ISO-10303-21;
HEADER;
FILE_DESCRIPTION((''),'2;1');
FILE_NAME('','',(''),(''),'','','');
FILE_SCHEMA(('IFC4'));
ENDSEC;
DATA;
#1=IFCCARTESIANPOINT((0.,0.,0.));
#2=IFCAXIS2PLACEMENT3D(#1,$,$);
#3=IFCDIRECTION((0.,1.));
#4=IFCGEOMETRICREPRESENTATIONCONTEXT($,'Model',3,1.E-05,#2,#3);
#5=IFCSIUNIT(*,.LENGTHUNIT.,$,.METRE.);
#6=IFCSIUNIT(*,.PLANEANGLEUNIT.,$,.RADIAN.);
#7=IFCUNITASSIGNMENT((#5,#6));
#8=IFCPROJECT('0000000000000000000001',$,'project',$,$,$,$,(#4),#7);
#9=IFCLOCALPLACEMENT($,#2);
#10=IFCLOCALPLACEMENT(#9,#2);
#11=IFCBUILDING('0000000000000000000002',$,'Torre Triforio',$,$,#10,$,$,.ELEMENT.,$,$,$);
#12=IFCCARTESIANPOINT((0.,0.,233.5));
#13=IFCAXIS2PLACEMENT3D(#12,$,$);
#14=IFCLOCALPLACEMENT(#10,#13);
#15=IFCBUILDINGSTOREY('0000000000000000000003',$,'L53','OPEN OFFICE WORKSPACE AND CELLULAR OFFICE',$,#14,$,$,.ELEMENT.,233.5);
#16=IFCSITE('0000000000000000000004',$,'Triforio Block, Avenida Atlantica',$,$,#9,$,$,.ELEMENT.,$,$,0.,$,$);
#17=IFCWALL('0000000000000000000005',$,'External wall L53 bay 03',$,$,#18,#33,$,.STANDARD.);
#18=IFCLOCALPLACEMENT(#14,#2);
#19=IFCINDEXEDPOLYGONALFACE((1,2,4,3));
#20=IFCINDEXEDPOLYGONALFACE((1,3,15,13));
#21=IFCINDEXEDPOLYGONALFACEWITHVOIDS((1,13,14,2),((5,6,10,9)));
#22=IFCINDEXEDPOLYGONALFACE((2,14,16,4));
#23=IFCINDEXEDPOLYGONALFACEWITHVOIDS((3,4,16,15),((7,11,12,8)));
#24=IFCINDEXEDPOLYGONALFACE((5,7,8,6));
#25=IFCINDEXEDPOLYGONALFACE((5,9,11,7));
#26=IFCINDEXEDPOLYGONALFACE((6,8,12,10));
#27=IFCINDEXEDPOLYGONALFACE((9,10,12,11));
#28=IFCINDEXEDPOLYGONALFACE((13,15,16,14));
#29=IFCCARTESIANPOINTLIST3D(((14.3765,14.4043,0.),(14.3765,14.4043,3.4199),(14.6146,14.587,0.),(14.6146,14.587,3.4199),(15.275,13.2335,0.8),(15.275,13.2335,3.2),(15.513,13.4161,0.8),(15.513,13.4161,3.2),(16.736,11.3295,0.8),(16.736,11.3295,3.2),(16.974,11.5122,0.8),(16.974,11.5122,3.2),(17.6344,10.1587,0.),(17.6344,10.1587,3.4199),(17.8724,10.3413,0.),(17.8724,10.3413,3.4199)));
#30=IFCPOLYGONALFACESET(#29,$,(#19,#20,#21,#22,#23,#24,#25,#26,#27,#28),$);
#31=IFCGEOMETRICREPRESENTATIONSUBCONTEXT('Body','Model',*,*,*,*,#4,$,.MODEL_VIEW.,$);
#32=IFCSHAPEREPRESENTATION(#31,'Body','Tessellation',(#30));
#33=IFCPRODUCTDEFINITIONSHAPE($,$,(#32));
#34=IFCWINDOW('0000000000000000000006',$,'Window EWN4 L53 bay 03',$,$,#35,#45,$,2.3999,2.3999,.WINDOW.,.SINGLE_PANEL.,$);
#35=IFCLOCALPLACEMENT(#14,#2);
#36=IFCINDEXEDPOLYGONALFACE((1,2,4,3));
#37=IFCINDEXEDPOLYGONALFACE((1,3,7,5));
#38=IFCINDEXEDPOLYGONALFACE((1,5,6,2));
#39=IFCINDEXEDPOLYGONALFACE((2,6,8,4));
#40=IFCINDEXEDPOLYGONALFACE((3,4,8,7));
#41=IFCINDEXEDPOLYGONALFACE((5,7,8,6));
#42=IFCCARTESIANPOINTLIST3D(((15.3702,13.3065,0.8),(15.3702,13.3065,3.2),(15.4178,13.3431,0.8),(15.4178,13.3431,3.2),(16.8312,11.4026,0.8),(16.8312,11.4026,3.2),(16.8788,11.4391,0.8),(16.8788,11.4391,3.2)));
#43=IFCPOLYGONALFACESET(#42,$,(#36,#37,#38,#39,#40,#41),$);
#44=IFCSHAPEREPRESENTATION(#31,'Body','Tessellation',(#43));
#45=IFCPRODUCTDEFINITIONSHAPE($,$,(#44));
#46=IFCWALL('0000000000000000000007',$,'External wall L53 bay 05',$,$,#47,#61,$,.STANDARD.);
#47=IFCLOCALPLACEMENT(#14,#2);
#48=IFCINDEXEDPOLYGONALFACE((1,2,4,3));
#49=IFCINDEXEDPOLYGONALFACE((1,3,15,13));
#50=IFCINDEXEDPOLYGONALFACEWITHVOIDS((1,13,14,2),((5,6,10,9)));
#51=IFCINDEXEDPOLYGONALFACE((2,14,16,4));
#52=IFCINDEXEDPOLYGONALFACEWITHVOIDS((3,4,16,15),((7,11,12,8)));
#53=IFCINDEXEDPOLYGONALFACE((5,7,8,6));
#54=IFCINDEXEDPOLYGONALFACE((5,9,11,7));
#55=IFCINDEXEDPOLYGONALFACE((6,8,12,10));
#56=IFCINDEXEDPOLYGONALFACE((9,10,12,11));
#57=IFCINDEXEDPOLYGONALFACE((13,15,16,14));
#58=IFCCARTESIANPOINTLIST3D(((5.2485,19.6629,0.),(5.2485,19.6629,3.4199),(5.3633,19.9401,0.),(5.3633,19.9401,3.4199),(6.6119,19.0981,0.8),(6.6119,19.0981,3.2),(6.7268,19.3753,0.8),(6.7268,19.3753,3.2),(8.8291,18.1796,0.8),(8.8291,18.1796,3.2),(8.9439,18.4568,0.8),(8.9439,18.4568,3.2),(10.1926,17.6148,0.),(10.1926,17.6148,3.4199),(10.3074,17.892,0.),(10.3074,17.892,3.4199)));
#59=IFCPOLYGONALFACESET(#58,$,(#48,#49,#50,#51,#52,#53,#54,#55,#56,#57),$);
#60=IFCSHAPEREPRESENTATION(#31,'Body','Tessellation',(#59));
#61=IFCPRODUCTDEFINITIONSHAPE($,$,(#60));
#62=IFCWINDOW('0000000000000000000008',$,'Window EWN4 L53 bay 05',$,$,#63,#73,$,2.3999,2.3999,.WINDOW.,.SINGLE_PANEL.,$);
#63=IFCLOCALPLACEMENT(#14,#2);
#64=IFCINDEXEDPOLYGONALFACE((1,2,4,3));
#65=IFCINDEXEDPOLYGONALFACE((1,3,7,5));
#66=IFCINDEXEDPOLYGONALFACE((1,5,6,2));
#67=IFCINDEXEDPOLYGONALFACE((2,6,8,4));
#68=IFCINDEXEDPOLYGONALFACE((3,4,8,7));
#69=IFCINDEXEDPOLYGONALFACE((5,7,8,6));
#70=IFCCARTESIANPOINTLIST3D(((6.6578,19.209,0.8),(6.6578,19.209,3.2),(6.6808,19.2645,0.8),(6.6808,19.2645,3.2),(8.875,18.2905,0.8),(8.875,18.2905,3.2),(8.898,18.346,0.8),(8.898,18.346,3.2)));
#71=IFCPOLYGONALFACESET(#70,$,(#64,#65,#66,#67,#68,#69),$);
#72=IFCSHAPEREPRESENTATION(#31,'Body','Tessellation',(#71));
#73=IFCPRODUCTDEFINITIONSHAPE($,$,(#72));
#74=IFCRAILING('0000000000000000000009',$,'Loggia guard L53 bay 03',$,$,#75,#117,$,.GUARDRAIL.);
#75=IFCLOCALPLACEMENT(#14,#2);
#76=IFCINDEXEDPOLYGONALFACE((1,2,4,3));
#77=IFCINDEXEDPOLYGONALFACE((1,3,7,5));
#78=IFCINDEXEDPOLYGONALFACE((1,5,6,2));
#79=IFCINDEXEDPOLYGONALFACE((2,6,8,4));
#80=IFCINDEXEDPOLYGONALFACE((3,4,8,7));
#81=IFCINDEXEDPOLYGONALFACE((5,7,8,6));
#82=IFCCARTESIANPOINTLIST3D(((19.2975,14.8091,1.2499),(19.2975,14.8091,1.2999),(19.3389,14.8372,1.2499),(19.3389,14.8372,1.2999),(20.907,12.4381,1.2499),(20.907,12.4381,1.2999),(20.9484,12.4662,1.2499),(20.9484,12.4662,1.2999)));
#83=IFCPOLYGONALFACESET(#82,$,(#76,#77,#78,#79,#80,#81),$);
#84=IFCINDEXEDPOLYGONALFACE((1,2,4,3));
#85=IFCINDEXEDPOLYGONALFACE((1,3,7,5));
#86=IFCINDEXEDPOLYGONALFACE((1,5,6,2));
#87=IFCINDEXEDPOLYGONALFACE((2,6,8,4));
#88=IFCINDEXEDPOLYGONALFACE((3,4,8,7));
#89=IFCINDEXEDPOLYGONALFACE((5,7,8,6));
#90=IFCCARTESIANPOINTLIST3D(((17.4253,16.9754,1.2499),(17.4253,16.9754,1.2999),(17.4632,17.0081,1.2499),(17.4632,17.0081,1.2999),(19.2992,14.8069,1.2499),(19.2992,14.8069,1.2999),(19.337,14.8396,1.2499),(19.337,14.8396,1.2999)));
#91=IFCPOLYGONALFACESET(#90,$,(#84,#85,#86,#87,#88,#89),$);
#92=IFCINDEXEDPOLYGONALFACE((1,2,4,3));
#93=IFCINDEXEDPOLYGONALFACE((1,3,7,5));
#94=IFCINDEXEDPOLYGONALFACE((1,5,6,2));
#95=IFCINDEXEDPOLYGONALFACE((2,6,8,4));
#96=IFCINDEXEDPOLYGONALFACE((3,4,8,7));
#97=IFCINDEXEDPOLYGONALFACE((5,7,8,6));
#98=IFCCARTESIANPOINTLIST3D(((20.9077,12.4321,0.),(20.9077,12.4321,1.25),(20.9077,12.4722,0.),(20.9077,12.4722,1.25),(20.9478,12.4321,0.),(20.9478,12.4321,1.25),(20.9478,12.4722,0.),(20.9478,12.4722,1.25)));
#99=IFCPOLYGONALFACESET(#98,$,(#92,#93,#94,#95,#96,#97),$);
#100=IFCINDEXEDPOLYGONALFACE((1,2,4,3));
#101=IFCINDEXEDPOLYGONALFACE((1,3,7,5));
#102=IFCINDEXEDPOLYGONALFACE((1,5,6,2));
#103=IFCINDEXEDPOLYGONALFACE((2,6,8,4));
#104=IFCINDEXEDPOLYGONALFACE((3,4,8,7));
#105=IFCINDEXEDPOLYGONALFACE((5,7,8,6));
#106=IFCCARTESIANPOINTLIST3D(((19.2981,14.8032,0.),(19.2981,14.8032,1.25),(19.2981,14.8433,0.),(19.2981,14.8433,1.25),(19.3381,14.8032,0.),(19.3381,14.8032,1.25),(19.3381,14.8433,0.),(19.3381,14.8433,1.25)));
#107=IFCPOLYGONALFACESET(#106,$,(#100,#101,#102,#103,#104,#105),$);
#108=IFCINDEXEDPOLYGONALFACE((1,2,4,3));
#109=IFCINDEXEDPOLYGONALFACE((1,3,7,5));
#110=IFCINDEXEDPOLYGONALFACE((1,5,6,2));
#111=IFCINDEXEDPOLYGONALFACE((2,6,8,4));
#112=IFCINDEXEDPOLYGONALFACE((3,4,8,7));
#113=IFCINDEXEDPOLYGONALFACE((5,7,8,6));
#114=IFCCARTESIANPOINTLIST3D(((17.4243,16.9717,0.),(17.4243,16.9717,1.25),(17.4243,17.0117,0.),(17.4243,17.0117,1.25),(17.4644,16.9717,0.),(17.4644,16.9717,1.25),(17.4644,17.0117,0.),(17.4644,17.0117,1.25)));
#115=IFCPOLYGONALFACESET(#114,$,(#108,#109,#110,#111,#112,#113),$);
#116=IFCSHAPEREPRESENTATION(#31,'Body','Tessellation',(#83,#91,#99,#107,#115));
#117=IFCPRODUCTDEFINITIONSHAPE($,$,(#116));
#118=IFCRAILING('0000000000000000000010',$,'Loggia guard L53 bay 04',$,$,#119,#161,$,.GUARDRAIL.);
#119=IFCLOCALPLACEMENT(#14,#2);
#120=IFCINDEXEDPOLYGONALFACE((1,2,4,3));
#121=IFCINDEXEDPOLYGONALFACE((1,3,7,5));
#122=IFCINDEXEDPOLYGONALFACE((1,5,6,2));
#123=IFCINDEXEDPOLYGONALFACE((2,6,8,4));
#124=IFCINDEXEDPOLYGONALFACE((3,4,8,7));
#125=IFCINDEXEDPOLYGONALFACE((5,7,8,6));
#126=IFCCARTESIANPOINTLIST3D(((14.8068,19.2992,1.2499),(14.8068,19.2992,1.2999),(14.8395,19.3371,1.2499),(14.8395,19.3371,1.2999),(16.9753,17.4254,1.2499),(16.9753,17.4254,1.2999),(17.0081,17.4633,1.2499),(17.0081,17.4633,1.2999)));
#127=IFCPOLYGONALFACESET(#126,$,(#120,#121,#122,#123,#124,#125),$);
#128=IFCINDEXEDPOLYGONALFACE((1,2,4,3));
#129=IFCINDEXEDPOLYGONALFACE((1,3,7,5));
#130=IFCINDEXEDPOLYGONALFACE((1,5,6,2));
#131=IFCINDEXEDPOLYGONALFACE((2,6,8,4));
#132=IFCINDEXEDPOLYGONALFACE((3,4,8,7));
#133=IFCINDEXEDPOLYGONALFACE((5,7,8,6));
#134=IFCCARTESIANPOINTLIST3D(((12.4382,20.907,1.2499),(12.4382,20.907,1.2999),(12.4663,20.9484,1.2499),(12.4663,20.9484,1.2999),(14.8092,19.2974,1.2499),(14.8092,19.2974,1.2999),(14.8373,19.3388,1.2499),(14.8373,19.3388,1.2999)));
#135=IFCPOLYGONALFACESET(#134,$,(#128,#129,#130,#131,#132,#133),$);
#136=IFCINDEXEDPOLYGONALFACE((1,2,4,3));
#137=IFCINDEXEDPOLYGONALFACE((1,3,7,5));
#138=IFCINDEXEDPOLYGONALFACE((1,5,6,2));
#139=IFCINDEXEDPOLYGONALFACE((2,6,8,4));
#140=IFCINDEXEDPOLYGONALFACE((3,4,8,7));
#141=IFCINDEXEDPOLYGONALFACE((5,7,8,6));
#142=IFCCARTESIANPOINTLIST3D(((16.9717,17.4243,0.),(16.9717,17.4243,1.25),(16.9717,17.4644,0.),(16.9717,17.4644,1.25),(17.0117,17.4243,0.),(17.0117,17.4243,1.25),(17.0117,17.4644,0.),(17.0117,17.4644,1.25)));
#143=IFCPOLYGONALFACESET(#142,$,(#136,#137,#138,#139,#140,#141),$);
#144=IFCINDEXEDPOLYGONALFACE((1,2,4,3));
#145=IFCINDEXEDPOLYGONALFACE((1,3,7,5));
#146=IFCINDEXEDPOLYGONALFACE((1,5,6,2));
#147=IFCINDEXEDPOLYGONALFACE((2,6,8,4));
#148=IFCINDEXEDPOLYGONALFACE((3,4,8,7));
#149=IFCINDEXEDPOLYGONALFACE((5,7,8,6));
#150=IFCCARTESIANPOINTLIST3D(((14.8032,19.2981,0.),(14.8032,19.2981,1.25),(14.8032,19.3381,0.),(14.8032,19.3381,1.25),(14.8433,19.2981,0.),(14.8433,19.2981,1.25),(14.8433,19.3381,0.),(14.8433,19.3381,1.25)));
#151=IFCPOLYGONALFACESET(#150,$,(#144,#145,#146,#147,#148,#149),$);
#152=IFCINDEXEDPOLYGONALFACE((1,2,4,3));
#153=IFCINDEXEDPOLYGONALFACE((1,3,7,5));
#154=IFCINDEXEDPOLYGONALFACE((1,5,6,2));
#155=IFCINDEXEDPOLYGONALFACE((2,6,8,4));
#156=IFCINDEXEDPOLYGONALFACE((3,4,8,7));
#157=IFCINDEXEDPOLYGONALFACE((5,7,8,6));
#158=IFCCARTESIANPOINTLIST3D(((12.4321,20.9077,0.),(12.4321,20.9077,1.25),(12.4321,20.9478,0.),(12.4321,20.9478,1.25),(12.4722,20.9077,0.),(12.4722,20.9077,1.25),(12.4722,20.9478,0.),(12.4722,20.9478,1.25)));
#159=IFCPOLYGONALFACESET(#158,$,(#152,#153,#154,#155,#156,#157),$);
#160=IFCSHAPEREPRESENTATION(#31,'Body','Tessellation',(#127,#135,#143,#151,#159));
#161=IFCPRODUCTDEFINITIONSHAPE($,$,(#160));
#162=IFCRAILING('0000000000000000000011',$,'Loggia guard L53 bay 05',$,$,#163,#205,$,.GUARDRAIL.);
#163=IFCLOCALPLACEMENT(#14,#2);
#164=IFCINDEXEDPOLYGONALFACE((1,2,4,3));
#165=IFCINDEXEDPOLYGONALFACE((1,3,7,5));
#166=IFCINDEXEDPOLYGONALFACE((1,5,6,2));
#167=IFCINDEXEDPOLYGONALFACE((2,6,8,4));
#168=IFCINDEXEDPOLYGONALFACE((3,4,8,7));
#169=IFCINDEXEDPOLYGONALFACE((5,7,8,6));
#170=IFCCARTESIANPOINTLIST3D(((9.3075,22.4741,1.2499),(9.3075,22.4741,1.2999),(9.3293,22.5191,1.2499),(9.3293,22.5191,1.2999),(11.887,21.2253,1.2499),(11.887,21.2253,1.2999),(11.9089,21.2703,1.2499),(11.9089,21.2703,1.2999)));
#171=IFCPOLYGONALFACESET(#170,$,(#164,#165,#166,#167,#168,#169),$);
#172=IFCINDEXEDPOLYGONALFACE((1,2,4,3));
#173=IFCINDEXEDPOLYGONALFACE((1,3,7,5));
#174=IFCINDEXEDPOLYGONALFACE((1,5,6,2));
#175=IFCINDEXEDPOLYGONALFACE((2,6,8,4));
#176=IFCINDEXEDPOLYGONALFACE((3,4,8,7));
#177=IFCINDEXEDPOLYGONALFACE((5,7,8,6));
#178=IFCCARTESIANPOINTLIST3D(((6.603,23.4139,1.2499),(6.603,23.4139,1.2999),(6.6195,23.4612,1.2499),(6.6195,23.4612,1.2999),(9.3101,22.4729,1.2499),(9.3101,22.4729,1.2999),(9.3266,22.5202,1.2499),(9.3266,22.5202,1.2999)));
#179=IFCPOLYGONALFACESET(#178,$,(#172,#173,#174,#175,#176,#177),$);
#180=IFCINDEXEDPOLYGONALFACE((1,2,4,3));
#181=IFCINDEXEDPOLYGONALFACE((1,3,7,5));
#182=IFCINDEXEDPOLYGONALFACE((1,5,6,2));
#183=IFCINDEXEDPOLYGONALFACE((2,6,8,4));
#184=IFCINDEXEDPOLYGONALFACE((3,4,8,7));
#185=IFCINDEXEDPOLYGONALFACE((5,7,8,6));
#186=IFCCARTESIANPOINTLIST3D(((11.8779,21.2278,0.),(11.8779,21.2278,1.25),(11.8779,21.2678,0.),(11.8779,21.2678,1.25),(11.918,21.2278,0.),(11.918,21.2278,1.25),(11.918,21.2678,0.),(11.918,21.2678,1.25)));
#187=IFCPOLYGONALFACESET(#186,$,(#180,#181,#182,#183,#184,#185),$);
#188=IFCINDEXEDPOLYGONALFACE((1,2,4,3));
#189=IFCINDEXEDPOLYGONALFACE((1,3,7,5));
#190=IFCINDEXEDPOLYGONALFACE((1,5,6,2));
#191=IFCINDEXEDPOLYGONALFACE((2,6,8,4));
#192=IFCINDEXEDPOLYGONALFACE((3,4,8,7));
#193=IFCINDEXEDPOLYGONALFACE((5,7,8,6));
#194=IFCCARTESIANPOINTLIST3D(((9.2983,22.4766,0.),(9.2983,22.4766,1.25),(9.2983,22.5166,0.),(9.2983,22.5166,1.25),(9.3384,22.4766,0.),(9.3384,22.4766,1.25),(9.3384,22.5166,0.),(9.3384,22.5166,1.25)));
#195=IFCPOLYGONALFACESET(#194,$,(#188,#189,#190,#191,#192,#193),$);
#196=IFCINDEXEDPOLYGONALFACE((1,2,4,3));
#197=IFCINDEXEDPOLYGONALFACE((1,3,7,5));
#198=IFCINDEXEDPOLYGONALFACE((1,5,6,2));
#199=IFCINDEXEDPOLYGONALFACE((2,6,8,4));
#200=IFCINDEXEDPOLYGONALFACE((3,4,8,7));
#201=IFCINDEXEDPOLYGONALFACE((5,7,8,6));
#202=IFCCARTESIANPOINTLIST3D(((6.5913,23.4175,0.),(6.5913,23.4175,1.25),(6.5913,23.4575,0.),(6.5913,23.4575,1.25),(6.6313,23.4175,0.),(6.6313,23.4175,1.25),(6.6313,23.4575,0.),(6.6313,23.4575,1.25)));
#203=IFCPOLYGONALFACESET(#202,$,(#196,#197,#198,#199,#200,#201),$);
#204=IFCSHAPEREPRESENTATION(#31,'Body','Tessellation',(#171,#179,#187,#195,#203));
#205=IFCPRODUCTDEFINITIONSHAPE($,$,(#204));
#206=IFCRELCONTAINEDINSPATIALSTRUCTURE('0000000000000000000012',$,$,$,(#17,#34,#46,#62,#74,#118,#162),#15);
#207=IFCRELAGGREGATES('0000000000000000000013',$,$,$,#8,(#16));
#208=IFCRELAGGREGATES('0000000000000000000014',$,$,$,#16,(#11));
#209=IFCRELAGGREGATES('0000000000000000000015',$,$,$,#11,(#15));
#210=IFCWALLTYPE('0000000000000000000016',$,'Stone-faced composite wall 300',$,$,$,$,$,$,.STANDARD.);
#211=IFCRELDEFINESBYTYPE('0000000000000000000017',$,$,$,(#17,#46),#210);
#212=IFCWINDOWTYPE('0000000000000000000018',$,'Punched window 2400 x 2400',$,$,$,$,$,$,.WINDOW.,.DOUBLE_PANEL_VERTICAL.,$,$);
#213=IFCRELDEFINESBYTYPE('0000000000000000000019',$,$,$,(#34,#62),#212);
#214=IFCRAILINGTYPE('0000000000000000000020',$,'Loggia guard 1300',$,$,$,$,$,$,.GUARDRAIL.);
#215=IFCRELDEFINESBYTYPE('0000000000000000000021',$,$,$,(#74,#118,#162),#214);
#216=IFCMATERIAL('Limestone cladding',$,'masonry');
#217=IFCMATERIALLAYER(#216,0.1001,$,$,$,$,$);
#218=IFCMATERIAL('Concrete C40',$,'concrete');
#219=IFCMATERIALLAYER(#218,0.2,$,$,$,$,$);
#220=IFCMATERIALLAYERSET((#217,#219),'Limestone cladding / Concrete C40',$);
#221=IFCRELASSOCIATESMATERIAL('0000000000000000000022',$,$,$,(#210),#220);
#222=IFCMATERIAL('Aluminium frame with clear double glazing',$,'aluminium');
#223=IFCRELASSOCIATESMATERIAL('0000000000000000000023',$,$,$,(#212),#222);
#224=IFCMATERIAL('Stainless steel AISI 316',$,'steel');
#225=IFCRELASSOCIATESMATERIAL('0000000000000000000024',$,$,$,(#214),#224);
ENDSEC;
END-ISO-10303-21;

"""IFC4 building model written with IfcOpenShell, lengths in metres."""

from ifc_helpers import new_model, si_unit, direction, frame, frame_2d, origin, origin_2d, place, context, subcontext, project, spatial, rectangle, extrude, material, layer, layer_set, type_object, element, fill, save


model = new_model("IFC4")

# Units and contexts
model_context = context("Model", 3, precision=1e-05, world=origin(), true_north=direction((0.0, 1.0)))
body_context = subcontext(model_context, "Body", "Model", "MODEL_VIEW")
ifc_project = project(units=[si_unit("LENGTHUNIT", "METRE"), si_unit("PLANEANGLEUNIT", "RADIAN")], contexts=[model_context])

# Site, building, storey
site_placement = place(None, origin())
site = spatial("IfcSite", under=ifc_project, at=site_placement, Name="Triforio Block, Avenida Atlantica", CompositionType="ELEMENT", RefElevation=0.0)
building_placement = place(site_placement, origin())
building = spatial("IfcBuilding", under=site, at=building_placement, Name="Torre Triforio", CompositionType="ELEMENT")
storey_placement = place(building_placement, frame((0.0, 0.0, 233.5)))
storey = spatial("IfcBuildingStorey", under=building, at=storey_placement, Name="L53", Description="OPEN OFFICE WORKSPACE AND CELLULAR OFFICE", CompositionType="ELEMENT", Elevation=233.5)

# Shared definitions
ifc_material_1 = material(Name="Concrete C40", Category="concrete")

# Shared definitions
ifc_material_2 = material(Name="Limestone cladding", Category="masonry")

# Wall, opening, window
ifc_layer_1 = layer(ifc_material_2, 0.1001)
ifc_layer_2 = layer(ifc_material_1, 0.2)
ifc_layer_set_1 = layer_set([ifc_layer_1, ifc_layer_2], Name="Limestone cladding / Concrete C40")
wall_type_1 = type_object("IfcWallType", Name="Stone-faced composite wall 300", PredefinedType="STANDARD", material=ifc_layer_set_1)
wall_1_placement = place(storey_placement, frame((17.7534, 10.25, 0.0), z_axis=(0.0, 0.0, 1.0), x_axis=(-0.608767, 0.793349, 0.0)))
wall_1 = element("IfcWall", 1, at=wall_1_placement, inside=storey, type_object=wall_type_1, Name="External wall L53 bay 03", PredefinedType="STANDARD", context=body_context, shape_type="SweptSolid", body=[
    extrude(rectangle(XDim=5.3516, YDim=0.3, at=frame_2d((2.6758, 0.0))), origin(), (0.0, 0.0, 1.0), 3.4199),
])
opening_1_placement = place(wall_1_placement, frame((1.4758, 0.0, 0.8)))
opening_1 = element("IfcOpeningElement", 2, at=opening_1_placement, cuts=wall_1, PredefinedType="OPENING", context=body_context, shape_type="SweptSolid", body=[
    extrude(rectangle(XDim=2.3999, YDim=2.3999, at=frame_2d((1.2, 1.2))), frame((0.0, 0.1599, 0.0), z_axis=(0.0, -1.0, 0.0), x_axis=(1.0, 0.0, 0.0)), (0.0, 0.0, 1.0), 0.3201),
])
ifc_material_3 = material(Name="Aluminium frame with clear double glazing", Category="aluminium")
window_type_1 = type_object("IfcWindowType", Name="Punched window 2400 x 2400", PartitioningType="DOUBLE_PANEL_VERTICAL", PredefinedType="WINDOW", material=ifc_material_3)
window_1_placement = place(opening_1_placement, origin())
window_1 = element("IfcWindow", 3, at=window_1_placement, inside=storey, type_object=window_type_1, Name="Window EWN4 L53 bay 03", OverallHeight=2.3999, OverallWidth=2.3999, PartitioningType="SINGLE_PANEL", PredefinedType="WINDOW", context=body_context, shape_type="SweptSolid", body=[
    extrude(rectangle(XDim=2.3999, YDim=2.3999, at=frame_2d((1.2, 1.2))), frame((0.0, 0.03, 0.0), z_axis=(0.0, -1.0, 0.0), x_axis=(1.0, 0.0, 0.0)), (0.0, 0.0, 1.0), 0.0601),
])
fill(opening_1, window_1)

# Wall, opening, window
wall_2_placement = place(storey_placement, frame((10.25, 17.7534, 0.0), z_axis=(0.0, 0.0, 1.0), x_axis=(-0.923867, 0.382713, 0.0)))
wall_2 = element("IfcWall", 4, at=wall_2_placement, inside=storey, type_object=wall_type_1, Name="External wall L53 bay 05", PredefinedType="STANDARD", context=body_context, shape_type="SweptSolid", body=[
    extrude(rectangle(XDim=5.3516, YDim=0.3, at=frame_2d((2.6758, 0.0))), origin(), (0.0, 0.0, 1.0), 3.4199),
])
opening_2_placement = place(wall_2_placement, frame((1.4758, 0.0, 0.8)))
opening_2 = element("IfcOpeningElement", 5, at=opening_2_placement, cuts=wall_2, PredefinedType="OPENING", context=body_context, shape_type="SweptSolid", body=[
    extrude(rectangle(XDim=2.3999, YDim=2.3999, at=frame_2d((1.2, 1.2))), frame((0.0, 0.1599, 0.0), z_axis=(0.0, -1.0, 0.0), x_axis=(1.0, 0.0, 0.0)), (0.0, 0.0, 1.0), 0.3201),
])
window_2_placement = place(opening_2_placement, origin())
window_2 = element("IfcWindow", 6, at=window_2_placement, inside=storey, type_object=window_type_1, Name="Window EWN4 L53 bay 05", OverallHeight=2.3999, OverallWidth=2.3999, PartitioningType="SINGLE_PANEL", PredefinedType="WINDOW", context=body_context, shape_type="SweptSolid", body=[
    extrude(rectangle(XDim=2.3999, YDim=2.3999, at=frame_2d((1.2, 1.2))), frame((0.0, 0.03, 0.0), z_axis=(0.0, -1.0, 0.0), x_axis=(1.0, 0.0, 0.0)), (0.0, 0.0, 1.0), 0.0601),
])
fill(opening_2, window_2)

# Railings
ifc_material_4 = material(Name="Stainless steel AISI 316", Category="steel")
railing_type = type_object("IfcRailingType", Name="Loggia guard 1300", PredefinedType="GUARDRAIL", material=ifc_material_4)
railing_1_placement = place(storey_placement, frame((20.9277, 12.4521, 0.0)))
element("IfcRailing", 7, at=railing_1_placement, inside=storey, type_object=railing_type, Name="Loggia guard L53 bay 03", PredefinedType="GUARDRAIL", context=body_context, shape_type="SweptSolid", body=[
    extrude(rectangle(XDim=0.05, YDim=0.05, at=origin_2d()), frame((0.0, 0.0, 1.2749), z_axis=(-0.56166, 0.827368, 0.0), x_axis=(-0.827368, -0.56166, 0.0)), (0.0, 0.0, 1.0), 2.8657),
    extrude(rectangle(XDim=0.05, YDim=0.05, at=origin_2d()), frame((-1.6096, 2.3711, 1.2749), z_axis=(-0.653824, 0.756647, 0.0), x_axis=(-0.756647, -0.653824, 0.0)), (0.0, 0.0, 1.0), 2.866),
    extrude(rectangle(XDim=0.04, YDim=0.04, at=origin_2d()), origin(), (0.0, 0.0, 1.0), 1.25),
    extrude(rectangle(XDim=0.04, YDim=0.04, at=origin_2d()), frame((-1.6096, 2.3711, 0.0)), (0.0, 0.0, 1.0), 1.25),
    extrude(rectangle(XDim=0.04, YDim=0.04, at=origin_2d()), frame((-3.4834, 4.5396, 0.0)), (0.0, 0.0, 1.0), 1.25),
])
railing_2_placement = place(storey_placement, frame((16.9917, 17.4443, 0.0)))
element("IfcRailing", 8, at=railing_2_placement, inside=storey, type_object=railing_type, Name="Loggia guard L53 bay 04", PredefinedType="GUARDRAIL", context=body_context, shape_type="SweptSolid", body=[
    extrude(rectangle(XDim=0.05, YDim=0.05, at=origin_2d()), frame((0.0, 0.0, 1.2749), z_axis=(-0.756647, 0.653824, 0.0), x_axis=(-0.653824, -0.756647, 0.0)), (0.0, 0.0, 1.0), 2.866),
    extrude(rectangle(XDim=0.05, YDim=0.05, at=origin_2d()), frame((-2.1685, 1.8738, 1.2749), z_axis=(-0.827368, 0.56166, 0.0), x_axis=(-0.56166, -0.827368, 0.0)), (0.0, 0.0, 1.0), 2.8657),
    extrude(rectangle(XDim=0.04, YDim=0.04, at=origin_2d()), origin(), (0.0, 0.0, 1.0), 1.25),
    extrude(rectangle(XDim=0.04, YDim=0.04, at=origin_2d()), frame((-2.1685, 1.8738, 0.0)), (0.0, 0.0, 1.0), 1.25),
    extrude(rectangle(XDim=0.04, YDim=0.04, at=origin_2d()), frame((-4.5396, 3.4834, 0.0)), (0.0, 0.0, 1.0), 1.25),
])
railing_3_placement = place(storey_placement, frame((11.8979, 21.2478, 0.0)))
element("IfcRailing", 9, at=railing_3_placement, inside=storey, type_object=railing_type, Name="Loggia guard L53 bay 05", PredefinedType="GUARDRAIL", context=body_context, shape_type="SweptSolid", body=[
    extrude(rectangle(XDim=0.05, YDim=0.05, at=origin_2d()), frame((0.0, 0.0, 1.2749), z_axis=(-0.900078, 0.435728, 0.0), x_axis=(-0.435728, -0.900078, 0.0)), (0.0, 0.0, 1.0), 2.866),
    extrude(rectangle(XDim=0.05, YDim=0.05, at=origin_2d()), frame((-2.5796, 1.2488, 1.2749), z_axis=(-0.944568, 0.328316, 0.0), x_axis=(-0.328316, -0.944568, 0.0)), (0.0, 0.0, 1.0), 2.866),
    extrude(rectangle(XDim=0.04, YDim=0.04, at=origin_2d()), origin(), (0.0, 0.0, 1.0), 1.25),
    extrude(rectangle(XDim=0.04, YDim=0.04, at=origin_2d()), frame((-2.5796, 1.2488, 0.0)), (0.0, 0.0, 1.0), 1.25),
    extrude(rectangle(XDim=0.04, YDim=0.04, at=origin_2d()), frame((-5.2866, 2.1897, 0.0)), (0.0, 0.0, 1.0), 1.25),
])

save(model, "model.ifc")
